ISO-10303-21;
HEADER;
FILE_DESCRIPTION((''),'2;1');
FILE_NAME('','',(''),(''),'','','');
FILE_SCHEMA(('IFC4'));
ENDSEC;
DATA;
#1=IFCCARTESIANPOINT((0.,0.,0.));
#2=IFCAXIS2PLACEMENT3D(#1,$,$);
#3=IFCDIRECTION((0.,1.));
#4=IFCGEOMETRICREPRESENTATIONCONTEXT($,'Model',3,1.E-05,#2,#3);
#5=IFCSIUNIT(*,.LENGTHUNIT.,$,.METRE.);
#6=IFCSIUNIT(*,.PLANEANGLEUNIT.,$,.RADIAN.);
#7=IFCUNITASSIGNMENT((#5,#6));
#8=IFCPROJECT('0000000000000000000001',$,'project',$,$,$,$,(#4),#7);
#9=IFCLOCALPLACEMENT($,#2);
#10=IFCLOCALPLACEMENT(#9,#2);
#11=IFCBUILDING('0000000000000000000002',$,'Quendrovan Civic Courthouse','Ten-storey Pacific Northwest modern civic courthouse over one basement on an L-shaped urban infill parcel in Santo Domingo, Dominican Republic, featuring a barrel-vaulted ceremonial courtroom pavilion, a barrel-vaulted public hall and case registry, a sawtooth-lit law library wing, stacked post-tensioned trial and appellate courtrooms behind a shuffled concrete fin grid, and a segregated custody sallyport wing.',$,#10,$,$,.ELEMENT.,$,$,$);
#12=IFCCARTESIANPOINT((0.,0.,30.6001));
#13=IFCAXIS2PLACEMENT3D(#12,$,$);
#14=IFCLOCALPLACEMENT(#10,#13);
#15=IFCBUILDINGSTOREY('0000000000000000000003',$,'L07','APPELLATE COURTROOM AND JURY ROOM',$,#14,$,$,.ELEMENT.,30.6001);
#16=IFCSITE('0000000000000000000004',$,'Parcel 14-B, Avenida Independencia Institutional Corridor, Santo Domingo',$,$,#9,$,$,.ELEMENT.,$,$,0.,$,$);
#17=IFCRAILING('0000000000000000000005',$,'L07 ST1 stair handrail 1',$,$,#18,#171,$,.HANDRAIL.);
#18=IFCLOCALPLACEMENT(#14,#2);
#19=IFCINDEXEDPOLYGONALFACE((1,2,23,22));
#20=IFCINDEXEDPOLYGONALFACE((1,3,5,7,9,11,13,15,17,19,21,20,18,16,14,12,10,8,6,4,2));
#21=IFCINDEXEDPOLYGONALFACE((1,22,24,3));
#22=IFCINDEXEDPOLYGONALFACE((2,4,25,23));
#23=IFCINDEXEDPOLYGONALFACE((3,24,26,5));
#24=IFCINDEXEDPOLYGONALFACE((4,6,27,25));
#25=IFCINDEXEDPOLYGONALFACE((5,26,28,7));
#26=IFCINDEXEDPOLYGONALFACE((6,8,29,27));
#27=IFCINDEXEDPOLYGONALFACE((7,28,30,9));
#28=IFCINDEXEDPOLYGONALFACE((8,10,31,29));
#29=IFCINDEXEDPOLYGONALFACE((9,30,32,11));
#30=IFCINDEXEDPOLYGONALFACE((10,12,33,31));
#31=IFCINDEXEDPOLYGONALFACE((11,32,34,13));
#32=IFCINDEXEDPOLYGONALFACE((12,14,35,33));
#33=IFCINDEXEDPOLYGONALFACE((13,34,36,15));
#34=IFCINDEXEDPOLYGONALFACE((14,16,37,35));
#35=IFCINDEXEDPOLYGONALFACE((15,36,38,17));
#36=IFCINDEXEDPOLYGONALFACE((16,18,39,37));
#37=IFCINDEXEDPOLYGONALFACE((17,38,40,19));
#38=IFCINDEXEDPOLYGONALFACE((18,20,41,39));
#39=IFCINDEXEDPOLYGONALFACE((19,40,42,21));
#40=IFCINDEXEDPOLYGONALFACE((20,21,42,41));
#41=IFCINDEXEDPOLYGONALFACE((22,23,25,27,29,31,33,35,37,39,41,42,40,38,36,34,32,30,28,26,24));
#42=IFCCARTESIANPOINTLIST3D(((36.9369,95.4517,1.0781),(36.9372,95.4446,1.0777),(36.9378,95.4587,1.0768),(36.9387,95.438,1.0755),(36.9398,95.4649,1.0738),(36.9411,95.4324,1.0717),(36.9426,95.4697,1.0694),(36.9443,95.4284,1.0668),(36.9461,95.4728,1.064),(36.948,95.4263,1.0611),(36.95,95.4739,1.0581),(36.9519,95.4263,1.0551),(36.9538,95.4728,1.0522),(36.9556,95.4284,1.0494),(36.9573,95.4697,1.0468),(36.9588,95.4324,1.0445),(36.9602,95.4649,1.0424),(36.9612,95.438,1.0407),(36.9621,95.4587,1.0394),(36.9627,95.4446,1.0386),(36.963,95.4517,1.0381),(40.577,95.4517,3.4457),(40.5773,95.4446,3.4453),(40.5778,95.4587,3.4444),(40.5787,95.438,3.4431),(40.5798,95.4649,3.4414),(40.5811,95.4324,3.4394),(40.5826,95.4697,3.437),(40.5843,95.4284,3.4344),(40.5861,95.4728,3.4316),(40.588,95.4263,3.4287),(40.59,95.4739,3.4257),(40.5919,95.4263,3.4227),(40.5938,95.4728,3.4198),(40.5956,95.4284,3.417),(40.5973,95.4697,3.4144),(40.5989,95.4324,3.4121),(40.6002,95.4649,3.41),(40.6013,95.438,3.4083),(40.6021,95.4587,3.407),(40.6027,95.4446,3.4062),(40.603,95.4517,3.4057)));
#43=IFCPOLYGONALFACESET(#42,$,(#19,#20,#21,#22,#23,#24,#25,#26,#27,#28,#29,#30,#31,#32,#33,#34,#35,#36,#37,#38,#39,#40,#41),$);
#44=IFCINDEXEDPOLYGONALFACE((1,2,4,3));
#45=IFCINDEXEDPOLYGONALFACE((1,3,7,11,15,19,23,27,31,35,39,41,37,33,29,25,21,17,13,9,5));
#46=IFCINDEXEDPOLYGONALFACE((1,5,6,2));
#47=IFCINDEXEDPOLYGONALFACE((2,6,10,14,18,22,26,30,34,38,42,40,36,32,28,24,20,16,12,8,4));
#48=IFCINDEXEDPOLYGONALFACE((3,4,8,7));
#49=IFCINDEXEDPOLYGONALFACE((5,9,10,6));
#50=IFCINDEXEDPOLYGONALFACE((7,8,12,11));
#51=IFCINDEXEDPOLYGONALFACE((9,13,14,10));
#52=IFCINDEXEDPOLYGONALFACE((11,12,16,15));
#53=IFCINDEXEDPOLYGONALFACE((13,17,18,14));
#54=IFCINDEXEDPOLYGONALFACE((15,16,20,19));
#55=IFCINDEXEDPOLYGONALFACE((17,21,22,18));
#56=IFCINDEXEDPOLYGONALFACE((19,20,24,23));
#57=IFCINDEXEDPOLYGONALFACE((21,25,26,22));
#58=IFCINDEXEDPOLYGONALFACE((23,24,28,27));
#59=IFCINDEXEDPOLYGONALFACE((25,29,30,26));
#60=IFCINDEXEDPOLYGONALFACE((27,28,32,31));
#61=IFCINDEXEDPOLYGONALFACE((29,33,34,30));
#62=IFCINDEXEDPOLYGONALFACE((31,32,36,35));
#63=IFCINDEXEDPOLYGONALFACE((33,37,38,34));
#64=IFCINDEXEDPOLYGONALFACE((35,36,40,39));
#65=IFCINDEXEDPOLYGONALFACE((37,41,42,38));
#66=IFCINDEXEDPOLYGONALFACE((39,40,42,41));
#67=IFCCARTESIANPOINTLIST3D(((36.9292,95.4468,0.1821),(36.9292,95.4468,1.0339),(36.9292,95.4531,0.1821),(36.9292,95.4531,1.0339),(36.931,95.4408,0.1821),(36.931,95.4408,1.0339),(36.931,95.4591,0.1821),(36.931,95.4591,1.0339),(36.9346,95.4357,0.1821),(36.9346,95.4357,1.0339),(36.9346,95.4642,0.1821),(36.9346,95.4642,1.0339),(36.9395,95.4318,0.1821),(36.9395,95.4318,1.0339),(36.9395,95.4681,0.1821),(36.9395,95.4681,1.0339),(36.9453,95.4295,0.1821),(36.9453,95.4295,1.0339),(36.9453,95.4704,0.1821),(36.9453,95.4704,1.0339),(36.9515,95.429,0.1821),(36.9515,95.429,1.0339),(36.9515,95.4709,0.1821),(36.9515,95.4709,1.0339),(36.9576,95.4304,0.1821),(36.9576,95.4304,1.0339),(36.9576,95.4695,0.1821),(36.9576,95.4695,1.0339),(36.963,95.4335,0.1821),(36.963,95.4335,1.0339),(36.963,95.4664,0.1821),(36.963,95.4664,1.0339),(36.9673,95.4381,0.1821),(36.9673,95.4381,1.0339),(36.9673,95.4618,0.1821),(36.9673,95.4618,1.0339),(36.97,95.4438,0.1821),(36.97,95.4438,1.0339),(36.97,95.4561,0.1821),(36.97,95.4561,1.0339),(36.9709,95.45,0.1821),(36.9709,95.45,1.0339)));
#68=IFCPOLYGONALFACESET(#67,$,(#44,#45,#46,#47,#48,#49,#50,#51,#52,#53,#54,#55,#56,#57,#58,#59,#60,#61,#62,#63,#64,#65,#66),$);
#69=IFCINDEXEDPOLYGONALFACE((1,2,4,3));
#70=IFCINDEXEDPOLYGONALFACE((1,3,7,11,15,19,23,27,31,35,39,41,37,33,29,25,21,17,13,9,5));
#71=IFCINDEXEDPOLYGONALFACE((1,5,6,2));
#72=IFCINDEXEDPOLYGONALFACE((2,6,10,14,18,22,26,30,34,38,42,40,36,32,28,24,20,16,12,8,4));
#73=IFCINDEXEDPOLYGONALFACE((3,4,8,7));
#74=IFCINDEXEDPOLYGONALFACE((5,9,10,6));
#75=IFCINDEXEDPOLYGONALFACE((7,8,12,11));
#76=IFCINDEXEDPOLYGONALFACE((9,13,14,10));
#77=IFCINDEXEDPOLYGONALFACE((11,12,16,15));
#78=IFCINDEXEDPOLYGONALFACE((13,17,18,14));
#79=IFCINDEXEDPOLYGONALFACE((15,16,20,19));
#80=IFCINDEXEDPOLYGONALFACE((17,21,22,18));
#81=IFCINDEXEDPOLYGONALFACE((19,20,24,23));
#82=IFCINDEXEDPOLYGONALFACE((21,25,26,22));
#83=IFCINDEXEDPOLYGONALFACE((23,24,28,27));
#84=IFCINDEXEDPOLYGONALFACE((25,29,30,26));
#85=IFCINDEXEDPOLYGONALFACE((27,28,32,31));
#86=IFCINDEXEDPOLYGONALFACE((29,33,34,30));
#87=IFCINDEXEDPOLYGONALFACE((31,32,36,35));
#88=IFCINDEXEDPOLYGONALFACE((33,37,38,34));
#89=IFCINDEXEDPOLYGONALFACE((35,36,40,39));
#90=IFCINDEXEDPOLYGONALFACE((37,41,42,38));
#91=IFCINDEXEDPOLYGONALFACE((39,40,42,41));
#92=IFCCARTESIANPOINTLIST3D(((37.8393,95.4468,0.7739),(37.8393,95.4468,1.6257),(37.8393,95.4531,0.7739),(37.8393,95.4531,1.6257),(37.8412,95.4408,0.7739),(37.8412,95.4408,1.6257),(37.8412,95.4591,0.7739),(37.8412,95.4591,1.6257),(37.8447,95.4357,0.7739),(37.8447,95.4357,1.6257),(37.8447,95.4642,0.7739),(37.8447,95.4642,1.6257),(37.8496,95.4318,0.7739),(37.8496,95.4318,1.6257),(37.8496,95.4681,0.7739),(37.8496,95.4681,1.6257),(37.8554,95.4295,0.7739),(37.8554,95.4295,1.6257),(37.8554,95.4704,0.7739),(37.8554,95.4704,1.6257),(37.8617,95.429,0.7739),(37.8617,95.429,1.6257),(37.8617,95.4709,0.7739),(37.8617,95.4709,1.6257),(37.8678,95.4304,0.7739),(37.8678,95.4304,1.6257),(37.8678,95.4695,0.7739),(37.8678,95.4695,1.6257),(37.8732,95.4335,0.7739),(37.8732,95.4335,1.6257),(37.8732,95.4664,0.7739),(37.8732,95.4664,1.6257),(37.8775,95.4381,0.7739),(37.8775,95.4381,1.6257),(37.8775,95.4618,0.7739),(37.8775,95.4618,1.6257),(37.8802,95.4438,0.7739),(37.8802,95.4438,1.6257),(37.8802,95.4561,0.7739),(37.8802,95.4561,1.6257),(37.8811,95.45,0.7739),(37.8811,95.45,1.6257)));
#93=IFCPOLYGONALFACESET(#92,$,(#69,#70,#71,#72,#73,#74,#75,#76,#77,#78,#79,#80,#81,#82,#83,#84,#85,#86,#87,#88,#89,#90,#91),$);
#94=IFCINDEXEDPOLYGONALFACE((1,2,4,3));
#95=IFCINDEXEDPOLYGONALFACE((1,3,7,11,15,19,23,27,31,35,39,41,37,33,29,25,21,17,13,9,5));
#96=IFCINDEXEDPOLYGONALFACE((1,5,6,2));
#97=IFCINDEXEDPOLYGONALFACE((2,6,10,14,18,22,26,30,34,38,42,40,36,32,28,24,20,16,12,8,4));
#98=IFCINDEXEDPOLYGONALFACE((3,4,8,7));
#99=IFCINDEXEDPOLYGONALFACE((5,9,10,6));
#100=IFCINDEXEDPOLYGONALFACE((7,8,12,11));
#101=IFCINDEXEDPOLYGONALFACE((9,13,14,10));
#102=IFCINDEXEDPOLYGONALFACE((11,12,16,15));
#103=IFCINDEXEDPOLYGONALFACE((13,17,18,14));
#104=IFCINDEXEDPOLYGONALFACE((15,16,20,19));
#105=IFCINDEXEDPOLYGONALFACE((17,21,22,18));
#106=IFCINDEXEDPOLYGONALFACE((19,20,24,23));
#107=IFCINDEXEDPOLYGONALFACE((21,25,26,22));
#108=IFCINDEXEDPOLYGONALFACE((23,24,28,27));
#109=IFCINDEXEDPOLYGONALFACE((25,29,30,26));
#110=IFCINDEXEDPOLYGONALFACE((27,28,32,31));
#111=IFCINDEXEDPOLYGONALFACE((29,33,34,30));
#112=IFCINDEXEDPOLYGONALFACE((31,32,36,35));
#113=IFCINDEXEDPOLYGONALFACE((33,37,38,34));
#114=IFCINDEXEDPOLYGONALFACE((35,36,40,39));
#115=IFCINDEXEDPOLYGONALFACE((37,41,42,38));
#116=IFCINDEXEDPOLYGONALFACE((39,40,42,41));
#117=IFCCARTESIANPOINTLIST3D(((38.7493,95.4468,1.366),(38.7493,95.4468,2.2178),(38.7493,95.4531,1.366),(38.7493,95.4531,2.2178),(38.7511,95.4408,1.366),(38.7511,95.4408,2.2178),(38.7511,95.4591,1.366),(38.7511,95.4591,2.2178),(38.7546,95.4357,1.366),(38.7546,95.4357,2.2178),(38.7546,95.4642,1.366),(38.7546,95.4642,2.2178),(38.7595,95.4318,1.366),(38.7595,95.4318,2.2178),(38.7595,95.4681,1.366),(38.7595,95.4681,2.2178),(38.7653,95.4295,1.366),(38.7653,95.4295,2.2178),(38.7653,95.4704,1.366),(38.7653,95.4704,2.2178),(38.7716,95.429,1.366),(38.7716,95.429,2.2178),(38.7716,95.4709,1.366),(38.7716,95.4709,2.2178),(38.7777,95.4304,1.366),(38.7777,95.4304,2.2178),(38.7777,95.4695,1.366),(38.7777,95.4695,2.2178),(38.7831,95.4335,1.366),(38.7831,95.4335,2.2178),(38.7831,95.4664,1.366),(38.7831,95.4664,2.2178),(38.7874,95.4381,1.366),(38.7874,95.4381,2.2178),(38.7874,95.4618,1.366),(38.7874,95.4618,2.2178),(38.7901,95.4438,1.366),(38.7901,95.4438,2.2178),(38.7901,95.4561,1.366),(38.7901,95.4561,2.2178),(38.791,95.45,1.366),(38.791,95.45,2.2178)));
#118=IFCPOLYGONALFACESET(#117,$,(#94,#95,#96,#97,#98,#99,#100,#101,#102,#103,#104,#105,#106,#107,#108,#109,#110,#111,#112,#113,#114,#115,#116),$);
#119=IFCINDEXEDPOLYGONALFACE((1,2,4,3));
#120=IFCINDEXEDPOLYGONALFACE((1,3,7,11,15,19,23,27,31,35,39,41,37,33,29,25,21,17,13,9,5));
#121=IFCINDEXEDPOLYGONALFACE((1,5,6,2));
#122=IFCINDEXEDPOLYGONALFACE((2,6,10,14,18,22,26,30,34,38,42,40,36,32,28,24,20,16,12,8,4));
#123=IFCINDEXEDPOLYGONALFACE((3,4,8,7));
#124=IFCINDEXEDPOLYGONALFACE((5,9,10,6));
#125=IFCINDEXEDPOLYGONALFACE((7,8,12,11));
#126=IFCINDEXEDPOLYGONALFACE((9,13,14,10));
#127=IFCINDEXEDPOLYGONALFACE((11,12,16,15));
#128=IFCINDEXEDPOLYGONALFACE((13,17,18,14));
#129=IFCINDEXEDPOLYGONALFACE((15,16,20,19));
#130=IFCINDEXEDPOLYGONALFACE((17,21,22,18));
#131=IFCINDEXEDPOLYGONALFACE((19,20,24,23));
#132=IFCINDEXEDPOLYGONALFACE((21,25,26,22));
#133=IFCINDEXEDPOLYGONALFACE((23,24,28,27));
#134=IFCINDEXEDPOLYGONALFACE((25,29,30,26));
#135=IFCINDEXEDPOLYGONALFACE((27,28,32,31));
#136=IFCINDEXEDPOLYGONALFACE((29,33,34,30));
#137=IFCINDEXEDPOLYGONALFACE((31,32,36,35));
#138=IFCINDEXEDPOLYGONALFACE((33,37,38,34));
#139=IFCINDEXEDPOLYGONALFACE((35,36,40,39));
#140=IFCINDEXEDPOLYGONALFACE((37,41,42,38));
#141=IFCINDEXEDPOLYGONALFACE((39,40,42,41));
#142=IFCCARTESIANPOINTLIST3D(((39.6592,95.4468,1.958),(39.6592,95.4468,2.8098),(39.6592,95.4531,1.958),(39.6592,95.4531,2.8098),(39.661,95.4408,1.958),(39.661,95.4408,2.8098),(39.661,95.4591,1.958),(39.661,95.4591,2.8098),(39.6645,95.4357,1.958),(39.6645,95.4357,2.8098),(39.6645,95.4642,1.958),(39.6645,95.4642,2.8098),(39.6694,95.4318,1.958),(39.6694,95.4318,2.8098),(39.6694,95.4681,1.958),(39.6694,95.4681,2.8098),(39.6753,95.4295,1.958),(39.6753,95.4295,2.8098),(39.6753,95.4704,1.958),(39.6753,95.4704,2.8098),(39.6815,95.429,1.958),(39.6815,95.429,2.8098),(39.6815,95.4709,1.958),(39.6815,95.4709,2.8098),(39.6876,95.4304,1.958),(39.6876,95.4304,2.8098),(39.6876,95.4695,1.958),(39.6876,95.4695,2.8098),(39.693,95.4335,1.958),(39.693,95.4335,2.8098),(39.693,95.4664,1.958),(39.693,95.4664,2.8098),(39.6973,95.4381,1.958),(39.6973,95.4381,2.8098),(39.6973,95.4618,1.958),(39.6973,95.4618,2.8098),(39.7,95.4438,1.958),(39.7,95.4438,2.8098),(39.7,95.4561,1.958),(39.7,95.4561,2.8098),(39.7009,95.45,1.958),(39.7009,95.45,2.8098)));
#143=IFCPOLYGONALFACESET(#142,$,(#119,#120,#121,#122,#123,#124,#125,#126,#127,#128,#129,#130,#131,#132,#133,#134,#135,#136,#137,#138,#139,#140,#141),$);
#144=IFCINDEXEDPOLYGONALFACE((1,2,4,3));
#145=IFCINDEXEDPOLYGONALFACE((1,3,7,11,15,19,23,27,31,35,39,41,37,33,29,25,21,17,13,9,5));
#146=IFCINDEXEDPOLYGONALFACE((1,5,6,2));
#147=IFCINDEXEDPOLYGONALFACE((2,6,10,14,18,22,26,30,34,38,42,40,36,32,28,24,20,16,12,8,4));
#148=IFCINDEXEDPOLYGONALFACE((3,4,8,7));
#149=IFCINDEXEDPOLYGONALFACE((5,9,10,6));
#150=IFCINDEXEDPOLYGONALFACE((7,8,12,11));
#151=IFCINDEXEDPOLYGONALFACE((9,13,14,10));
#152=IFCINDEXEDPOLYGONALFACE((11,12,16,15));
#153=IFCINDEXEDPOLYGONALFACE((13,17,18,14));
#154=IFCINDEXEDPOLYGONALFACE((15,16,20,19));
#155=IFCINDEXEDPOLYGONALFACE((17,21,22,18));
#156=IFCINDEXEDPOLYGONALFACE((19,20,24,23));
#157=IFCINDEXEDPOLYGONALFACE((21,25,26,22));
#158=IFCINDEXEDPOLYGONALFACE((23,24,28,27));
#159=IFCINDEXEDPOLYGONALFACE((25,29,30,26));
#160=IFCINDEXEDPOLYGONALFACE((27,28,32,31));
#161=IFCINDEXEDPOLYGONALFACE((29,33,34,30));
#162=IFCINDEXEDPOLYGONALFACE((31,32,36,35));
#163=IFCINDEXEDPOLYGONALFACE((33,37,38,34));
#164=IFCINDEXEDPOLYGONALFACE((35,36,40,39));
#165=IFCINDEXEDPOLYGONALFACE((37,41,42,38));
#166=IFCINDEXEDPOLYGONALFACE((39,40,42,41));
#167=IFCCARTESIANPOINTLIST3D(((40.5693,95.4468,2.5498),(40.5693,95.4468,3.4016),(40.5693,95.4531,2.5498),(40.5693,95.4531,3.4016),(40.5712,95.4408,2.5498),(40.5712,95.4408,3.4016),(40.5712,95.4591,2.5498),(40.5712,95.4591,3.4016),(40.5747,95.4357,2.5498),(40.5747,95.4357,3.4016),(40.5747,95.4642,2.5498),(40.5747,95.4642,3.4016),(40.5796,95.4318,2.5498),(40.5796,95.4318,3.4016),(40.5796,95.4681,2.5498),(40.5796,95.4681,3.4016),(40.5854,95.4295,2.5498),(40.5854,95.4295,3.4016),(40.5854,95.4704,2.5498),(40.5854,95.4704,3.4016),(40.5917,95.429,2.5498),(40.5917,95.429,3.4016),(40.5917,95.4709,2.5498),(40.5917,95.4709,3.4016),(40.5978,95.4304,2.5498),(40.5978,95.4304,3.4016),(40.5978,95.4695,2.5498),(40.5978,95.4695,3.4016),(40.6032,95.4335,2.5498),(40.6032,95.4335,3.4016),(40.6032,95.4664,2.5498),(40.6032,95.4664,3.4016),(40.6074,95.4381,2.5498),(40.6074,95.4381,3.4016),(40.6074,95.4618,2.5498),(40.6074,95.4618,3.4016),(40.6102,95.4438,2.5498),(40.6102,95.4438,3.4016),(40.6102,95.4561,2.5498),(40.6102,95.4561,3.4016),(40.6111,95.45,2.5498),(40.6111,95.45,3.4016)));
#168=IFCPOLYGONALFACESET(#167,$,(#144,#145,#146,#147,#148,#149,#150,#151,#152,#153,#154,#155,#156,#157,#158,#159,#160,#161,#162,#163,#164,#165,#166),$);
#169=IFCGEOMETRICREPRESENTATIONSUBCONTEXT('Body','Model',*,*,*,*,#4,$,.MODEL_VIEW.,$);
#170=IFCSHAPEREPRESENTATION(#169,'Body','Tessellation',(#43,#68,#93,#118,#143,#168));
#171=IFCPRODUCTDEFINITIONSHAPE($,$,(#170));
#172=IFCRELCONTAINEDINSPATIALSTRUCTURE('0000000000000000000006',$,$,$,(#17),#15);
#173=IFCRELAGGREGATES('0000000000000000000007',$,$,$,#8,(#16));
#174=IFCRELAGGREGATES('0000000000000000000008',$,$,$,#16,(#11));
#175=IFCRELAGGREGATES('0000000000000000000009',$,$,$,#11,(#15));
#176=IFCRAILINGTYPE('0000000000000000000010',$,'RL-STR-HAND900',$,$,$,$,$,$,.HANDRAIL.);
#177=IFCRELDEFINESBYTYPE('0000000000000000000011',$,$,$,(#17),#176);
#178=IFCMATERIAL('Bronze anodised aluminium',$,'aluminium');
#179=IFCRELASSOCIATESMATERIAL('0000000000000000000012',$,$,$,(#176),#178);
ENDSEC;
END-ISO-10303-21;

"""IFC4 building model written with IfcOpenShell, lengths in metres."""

from ifc_helpers import new_model, si_unit, direction, frame, origin, origin_2d, place, context, subcontext, project, spatial, circle, extrude, material, type_object, element, save


model = new_model("IFC4")

# Units and contexts
model_context = context("Model", 3, precision=1e-05, world=origin(), true_north=direction((0.0, 1.0)))
body_context = subcontext(model_context, "Body", "Model", "MODEL_VIEW")
ifc_project = project(units=[si_unit("LENGTHUNIT", "METRE"), si_unit("PLANEANGLEUNIT", "RADIAN")], contexts=[model_context])

# Site, building, storey
site_placement = place(None, origin())
site = spatial("IfcSite", under=ifc_project, at=site_placement, Name="Parcel 14-B, Avenida Independencia Institutional Corridor, Santo Domingo", CompositionType="ELEMENT", RefElevation=0.0)
building_placement = place(site_placement, origin())
building = spatial("IfcBuilding", under=site, at=building_placement, Name="Quendrovan Civic Courthouse", Description="Ten-storey Pacific Northwest modern civic courthouse over one basement on an L-shaped urban infill parcel in Santo Domingo, Dominican Republic, featuring a barrel-vaulted ceremonial courtroom pavilion, a barrel-vaulted public hall and case registry, a sawtooth-lit law library wing, stacked post-tensioned trial and appellate courtrooms behind a shuffled concrete fin grid, and a segregated custody sallyport wing.", CompositionType="ELEMENT")
storey_placement = place(building_placement, frame((0.0, 0.0, 30.6001)))
storey = spatial("IfcBuildingStorey", under=building, at=storey_placement, Name="L07", Description="APPELLATE COURTROOM AND JURY ROOM", CompositionType="ELEMENT", Elevation=30.6001)

# Railing
ifc_material_1 = material(Name="Bronze anodised aluminium", Category="aluminium")
railing_type = type_object("IfcRailingType", Name="RL-STR-HAND900", PredefinedType="HANDRAIL", material=ifc_material_1)
railing_placement = place(storey_placement, frame((36.95, 95.45, 0.1821)))
element("IfcRailing", 1, at=railing_placement, inside=storey, type_object=railing_type, Name="L07 ST1 stair handrail 1", PredefinedType="HANDRAIL", context=body_context, shape_type="SweptSolid", body=[
    extrude(circle(Radius=0.0239, at=origin_2d()), frame((0.0, 0.0, 0.876), z_axis=(0.838277, 0.0, 0.545245), x_axis=(0.0, 1.0, 0.0)), (0.0, 0.0, 1.0), 4.3423),
    extrude(circle(Radius=0.021, at=origin_2d()), origin(), (0.0, 0.0, 1.0), 0.8518),
    extrude(circle(Radius=0.021, at=origin_2d()), frame((0.9102, 0.0, 0.5918)), (0.0, 0.0, 1.0), 0.8518),
    extrude(circle(Radius=0.021, at=origin_2d()), frame((1.8201, 0.0, 1.1838)), (0.0, 0.0, 1.0), 0.8518),
    extrude(circle(Radius=0.021, at=origin_2d()), frame((2.73, 0.0, 1.7759)), (0.0, 0.0, 1.0), 0.8518),
    extrude(circle(Radius=0.021, at=origin_2d()), frame((3.6401, 0.0, 2.3677)), (0.0, 0.0, 1.0), 0.8518),
])

save(model, "model.ifc")
